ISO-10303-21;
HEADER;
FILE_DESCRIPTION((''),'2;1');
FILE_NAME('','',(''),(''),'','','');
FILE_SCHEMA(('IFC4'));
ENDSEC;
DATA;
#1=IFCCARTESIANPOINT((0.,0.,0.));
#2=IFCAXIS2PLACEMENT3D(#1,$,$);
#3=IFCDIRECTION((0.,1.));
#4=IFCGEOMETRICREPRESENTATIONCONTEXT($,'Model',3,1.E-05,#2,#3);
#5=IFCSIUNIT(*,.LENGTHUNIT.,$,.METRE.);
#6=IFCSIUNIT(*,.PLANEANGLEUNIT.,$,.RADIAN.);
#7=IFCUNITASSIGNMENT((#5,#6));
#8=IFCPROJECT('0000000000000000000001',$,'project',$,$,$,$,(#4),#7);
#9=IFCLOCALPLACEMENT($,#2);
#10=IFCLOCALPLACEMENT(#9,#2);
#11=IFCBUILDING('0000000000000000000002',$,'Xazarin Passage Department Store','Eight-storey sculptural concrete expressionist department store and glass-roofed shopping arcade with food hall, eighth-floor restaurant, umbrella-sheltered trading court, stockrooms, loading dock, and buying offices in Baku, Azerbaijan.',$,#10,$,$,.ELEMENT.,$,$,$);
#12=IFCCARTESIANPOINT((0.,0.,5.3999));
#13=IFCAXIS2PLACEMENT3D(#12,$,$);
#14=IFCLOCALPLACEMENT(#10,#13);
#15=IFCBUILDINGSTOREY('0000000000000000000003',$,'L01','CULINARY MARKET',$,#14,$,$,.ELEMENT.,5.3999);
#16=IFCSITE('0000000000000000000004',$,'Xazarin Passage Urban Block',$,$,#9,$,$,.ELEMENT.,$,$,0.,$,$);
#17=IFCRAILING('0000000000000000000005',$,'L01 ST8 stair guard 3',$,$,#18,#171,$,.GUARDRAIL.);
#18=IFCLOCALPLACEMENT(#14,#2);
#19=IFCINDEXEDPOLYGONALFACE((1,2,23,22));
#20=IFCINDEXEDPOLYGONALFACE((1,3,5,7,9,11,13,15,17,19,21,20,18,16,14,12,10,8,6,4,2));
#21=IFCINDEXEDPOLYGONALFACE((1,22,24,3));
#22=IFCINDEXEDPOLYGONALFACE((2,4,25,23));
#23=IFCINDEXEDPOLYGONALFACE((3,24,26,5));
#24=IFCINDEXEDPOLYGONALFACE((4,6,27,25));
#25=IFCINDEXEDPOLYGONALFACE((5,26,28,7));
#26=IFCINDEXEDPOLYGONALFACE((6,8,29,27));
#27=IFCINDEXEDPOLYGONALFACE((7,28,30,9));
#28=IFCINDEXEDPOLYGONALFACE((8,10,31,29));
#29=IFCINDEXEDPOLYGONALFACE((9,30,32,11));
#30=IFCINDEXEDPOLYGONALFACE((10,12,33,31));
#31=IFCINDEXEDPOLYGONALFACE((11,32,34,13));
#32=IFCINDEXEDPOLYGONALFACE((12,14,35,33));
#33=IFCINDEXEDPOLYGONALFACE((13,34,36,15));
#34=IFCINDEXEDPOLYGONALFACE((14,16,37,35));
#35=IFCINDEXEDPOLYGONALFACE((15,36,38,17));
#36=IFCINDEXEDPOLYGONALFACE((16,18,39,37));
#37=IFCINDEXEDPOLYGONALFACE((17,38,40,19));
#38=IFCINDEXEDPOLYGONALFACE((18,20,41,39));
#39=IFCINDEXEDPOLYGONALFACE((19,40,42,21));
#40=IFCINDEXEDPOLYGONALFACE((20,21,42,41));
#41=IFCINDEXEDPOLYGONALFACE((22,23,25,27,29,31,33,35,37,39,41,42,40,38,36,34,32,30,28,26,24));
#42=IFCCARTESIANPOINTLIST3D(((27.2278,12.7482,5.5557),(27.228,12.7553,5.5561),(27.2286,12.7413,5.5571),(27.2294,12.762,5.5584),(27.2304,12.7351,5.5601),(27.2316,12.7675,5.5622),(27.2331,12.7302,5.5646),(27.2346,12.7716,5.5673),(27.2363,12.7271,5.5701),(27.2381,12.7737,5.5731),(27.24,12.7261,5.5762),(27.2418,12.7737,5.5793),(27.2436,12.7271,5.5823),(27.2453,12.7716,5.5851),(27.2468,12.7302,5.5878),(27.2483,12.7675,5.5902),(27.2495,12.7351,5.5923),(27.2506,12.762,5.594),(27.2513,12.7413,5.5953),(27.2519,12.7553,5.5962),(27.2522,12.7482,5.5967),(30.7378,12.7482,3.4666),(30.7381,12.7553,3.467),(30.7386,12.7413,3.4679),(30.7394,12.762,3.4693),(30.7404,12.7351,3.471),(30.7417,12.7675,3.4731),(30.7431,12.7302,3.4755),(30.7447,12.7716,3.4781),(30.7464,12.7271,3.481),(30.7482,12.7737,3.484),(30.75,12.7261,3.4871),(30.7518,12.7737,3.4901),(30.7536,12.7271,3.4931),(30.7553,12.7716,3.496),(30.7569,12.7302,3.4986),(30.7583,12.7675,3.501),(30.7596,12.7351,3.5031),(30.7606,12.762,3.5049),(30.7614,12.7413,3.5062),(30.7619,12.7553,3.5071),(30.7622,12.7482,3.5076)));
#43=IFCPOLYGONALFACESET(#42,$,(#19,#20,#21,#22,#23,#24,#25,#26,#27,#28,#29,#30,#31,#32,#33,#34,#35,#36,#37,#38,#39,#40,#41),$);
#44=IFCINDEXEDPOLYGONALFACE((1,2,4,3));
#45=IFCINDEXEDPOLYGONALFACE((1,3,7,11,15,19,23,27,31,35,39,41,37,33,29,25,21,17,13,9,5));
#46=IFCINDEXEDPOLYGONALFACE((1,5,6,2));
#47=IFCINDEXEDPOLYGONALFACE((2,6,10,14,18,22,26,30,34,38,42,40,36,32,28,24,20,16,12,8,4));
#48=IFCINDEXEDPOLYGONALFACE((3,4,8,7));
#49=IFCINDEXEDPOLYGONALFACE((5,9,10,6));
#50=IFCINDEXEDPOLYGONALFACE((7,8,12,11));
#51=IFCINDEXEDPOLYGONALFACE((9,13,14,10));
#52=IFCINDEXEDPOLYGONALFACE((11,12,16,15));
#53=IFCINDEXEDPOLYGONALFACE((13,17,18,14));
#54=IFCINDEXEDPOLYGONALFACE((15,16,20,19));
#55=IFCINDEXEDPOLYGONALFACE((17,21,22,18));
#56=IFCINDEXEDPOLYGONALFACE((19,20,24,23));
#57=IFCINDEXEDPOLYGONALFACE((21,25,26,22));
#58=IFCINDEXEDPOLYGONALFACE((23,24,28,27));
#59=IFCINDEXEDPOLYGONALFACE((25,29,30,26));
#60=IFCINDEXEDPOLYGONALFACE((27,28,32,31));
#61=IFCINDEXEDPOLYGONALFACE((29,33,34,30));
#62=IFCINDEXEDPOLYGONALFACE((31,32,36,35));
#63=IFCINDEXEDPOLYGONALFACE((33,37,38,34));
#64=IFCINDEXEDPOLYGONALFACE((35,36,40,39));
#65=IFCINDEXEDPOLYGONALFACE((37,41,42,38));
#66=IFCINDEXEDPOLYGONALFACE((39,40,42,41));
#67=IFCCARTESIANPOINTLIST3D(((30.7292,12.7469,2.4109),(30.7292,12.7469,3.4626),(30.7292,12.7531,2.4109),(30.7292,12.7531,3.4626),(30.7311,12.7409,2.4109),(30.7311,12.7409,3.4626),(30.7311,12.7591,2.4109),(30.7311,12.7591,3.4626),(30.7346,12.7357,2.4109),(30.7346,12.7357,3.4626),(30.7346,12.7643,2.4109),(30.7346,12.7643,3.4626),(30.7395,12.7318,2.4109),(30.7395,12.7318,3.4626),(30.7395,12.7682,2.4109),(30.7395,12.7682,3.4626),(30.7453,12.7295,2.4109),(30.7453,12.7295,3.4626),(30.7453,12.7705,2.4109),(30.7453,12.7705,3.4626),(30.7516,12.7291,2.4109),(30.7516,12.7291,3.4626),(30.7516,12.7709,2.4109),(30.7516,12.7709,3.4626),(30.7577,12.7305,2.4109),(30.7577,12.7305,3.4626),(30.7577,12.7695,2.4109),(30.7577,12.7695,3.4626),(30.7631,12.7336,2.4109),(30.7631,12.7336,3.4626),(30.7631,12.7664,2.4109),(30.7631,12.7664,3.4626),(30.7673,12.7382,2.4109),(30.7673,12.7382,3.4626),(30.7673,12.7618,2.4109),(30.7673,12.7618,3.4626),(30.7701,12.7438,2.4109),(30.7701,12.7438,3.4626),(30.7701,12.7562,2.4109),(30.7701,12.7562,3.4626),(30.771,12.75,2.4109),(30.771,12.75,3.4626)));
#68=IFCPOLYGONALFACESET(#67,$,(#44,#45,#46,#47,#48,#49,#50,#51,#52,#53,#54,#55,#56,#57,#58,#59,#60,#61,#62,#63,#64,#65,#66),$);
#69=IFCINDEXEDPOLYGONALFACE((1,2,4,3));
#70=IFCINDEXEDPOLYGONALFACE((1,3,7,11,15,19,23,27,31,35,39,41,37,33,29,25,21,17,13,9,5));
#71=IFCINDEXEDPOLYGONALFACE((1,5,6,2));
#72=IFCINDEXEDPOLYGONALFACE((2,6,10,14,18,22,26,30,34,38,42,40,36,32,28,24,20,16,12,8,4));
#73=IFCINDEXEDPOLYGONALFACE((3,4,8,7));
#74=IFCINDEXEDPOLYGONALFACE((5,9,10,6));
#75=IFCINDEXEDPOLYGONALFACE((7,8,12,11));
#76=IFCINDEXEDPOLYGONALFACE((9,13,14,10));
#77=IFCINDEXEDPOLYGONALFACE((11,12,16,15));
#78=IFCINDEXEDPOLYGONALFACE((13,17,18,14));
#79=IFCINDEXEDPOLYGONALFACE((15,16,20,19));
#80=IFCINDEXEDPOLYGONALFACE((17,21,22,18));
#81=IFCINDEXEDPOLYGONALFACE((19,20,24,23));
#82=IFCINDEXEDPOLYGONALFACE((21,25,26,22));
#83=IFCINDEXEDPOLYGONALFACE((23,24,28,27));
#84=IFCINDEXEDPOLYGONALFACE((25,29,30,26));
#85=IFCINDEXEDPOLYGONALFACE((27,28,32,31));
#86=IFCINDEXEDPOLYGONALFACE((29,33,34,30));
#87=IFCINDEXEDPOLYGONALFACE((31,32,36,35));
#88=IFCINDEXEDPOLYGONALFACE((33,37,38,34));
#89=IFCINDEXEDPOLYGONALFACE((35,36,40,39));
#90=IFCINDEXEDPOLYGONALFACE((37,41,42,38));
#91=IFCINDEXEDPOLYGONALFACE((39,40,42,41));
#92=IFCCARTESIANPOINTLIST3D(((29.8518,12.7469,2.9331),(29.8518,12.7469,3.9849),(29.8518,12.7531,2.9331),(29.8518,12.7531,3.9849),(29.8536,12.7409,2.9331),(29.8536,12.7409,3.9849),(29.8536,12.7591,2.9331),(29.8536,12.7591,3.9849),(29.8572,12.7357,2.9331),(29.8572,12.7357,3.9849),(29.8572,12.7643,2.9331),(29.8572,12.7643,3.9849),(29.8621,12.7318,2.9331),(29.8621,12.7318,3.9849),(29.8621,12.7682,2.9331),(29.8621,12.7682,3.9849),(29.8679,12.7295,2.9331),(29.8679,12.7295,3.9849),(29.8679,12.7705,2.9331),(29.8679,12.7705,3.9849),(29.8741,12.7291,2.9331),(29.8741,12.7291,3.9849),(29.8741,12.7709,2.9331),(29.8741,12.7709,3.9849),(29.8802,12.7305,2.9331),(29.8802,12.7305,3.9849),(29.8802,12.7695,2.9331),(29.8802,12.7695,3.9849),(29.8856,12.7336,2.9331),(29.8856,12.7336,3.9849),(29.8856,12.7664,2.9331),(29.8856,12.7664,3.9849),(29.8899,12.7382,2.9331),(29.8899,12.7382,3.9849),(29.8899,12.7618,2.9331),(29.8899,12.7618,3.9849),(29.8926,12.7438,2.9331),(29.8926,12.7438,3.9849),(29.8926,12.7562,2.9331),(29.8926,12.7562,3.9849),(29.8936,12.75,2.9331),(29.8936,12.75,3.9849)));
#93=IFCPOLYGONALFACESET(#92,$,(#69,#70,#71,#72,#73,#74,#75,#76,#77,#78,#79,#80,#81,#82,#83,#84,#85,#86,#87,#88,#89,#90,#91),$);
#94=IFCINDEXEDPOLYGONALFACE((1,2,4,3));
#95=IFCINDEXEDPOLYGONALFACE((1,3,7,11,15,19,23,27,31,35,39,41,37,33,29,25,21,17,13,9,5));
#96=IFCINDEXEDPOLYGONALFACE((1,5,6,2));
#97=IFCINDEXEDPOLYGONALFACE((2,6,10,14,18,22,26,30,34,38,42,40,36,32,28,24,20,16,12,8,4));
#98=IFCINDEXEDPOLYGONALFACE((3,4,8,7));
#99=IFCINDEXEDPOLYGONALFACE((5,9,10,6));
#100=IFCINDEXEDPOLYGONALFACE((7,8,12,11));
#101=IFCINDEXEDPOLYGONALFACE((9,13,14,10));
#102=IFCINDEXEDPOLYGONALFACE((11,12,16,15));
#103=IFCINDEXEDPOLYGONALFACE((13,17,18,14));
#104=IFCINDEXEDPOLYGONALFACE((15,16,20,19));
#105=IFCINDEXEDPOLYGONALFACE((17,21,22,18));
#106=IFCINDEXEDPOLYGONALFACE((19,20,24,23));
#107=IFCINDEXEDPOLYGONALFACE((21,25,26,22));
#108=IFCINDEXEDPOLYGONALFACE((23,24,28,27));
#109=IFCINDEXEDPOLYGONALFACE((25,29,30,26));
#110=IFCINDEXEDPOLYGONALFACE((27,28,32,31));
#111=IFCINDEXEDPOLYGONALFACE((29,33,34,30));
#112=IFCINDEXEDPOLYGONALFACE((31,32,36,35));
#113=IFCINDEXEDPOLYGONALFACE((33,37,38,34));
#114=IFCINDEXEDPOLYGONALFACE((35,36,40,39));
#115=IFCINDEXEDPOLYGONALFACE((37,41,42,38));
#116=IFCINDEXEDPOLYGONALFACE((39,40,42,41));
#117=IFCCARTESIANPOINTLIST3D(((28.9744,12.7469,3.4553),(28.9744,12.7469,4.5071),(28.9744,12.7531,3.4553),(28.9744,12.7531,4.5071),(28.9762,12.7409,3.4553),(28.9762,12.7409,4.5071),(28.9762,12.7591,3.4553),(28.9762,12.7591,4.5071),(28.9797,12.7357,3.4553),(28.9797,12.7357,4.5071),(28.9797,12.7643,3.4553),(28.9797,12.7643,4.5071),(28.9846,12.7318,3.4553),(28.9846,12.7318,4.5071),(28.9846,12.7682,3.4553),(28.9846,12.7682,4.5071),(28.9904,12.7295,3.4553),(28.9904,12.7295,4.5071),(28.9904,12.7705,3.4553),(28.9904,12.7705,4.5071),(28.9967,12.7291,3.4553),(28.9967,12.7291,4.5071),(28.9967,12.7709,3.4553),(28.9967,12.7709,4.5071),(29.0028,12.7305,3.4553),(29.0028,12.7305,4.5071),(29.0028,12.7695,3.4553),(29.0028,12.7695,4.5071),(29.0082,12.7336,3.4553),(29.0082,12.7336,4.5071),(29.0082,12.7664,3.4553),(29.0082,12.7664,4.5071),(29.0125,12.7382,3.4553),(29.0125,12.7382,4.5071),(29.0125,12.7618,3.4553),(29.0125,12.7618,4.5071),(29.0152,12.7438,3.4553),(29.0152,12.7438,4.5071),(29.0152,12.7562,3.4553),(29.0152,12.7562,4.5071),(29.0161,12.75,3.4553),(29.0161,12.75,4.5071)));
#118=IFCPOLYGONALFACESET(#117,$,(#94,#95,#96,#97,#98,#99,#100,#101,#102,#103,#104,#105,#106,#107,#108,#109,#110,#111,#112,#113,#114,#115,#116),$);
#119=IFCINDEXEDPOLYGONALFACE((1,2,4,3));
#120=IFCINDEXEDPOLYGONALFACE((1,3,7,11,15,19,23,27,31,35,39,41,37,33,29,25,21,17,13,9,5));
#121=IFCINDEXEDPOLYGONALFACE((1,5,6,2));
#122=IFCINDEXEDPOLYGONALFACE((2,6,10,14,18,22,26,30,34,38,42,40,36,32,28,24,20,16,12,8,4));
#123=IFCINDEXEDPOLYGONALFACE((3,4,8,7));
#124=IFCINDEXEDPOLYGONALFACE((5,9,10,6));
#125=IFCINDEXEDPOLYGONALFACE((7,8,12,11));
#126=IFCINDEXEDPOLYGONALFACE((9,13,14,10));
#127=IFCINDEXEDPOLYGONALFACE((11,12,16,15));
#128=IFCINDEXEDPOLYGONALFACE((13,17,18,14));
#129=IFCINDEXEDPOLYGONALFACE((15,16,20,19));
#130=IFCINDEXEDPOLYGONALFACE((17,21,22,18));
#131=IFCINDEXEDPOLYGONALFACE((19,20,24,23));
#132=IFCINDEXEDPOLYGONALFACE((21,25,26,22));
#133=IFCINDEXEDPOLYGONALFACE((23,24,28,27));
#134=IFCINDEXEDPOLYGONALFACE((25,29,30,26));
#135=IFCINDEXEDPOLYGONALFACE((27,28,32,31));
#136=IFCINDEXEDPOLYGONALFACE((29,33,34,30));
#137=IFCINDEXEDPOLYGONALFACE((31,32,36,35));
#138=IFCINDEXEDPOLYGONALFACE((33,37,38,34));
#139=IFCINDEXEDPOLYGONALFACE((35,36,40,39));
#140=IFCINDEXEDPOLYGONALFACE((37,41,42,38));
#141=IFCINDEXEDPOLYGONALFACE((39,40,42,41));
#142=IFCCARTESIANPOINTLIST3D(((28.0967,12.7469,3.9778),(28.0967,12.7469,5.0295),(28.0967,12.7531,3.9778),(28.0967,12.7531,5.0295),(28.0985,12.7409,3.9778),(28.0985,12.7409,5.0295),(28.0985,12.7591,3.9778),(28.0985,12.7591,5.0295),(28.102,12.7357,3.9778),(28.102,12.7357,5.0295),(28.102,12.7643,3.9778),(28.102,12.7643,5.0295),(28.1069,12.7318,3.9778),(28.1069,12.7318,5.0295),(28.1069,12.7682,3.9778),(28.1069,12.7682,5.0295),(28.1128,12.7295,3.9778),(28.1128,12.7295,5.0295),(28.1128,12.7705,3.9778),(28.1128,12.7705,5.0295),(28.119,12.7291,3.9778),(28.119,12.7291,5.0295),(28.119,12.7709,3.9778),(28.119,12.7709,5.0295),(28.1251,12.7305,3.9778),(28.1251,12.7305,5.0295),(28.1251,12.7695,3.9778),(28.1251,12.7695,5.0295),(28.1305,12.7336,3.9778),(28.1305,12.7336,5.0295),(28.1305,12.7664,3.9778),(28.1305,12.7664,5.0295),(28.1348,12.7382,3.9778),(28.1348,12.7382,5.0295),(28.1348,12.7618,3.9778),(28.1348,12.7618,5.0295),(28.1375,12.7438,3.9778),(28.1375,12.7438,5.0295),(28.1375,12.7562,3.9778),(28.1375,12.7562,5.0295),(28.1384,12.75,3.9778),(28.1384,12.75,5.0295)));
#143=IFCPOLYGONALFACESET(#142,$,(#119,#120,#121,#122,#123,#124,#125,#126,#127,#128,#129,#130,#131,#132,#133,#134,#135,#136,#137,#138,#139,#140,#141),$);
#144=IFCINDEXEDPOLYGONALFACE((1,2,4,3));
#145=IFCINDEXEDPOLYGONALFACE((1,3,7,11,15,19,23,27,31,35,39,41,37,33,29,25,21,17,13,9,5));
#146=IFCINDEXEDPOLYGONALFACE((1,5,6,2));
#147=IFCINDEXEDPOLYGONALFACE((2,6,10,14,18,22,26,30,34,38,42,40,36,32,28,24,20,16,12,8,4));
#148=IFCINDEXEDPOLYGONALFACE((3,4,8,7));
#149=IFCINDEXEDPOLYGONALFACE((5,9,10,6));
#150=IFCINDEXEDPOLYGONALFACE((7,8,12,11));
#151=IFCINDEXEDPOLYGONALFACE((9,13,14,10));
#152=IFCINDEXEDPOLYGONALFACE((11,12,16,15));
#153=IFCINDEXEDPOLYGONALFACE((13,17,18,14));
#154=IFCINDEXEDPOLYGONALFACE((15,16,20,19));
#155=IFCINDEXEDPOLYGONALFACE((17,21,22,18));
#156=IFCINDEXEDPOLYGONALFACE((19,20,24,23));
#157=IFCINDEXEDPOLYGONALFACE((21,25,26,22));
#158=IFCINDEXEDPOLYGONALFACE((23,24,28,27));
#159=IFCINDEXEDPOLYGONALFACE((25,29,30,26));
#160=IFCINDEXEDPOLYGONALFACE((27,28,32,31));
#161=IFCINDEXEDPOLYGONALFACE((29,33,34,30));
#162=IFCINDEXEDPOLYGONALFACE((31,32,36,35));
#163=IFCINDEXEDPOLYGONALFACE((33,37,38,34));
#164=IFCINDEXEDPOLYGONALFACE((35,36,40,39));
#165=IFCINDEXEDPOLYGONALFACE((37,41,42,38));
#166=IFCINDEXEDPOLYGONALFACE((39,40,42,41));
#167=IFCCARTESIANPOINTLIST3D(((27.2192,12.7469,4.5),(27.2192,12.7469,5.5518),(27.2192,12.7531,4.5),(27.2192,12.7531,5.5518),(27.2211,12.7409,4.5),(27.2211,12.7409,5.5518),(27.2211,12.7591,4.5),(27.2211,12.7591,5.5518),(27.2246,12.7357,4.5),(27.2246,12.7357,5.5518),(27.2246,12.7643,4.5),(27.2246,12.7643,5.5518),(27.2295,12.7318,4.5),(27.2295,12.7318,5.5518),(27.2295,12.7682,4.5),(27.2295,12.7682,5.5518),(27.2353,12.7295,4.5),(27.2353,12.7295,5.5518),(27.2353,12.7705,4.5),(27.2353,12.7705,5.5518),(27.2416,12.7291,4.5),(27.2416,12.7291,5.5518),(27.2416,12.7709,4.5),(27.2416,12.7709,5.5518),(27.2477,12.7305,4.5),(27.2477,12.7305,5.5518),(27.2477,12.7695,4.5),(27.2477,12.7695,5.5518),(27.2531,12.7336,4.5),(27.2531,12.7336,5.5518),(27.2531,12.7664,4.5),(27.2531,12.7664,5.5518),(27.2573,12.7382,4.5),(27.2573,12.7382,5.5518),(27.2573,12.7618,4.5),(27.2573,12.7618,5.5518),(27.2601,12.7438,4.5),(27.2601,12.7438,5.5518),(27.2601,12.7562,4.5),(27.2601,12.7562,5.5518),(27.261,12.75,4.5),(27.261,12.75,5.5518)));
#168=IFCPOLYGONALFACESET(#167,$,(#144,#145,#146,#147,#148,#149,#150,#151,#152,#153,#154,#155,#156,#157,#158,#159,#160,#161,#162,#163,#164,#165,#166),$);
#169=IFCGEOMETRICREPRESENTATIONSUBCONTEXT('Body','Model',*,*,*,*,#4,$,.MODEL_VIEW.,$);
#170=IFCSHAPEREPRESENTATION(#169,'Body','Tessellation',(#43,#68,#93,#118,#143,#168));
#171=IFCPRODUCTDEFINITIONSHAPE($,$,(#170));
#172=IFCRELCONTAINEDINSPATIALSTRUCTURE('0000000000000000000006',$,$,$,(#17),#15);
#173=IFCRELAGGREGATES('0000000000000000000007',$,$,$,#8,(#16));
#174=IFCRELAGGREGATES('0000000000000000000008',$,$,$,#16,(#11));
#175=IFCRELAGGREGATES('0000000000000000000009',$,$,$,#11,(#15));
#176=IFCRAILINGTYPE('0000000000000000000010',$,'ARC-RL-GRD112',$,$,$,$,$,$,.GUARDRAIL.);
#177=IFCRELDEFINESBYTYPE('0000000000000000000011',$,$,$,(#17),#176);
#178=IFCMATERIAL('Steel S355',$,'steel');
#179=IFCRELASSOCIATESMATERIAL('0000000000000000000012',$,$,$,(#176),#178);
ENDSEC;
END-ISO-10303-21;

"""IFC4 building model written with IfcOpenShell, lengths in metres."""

from ifc_helpers import new_model, si_unit, direction, frame, origin, origin_2d, place, context, subcontext, project, spatial, circle, extrude, material, type_object, element, save


model = new_model("IFC4")

# Units and contexts
model_context = context("Model", 3, precision=1e-05, world=origin(), true_north=direction((0.0, 1.0)))
body_context = subcontext(model_context, "Body", "Model", "MODEL_VIEW")
ifc_project = project(units=[si_unit("LENGTHUNIT", "METRE"), si_unit("PLANEANGLEUNIT", "RADIAN")], contexts=[model_context])

# Site, building, storey
site_placement = place(None, origin())
site = spatial("IfcSite", under=ifc_project, at=site_placement, Name="Xazarin Passage Urban Block", CompositionType="ELEMENT", RefElevation=0.0)
building_placement = place(site_placement, origin())
building = spatial("IfcBuilding", under=site, at=building_placement, Name="Xazarin Passage Department Store", Description="Eight-storey sculptural concrete expressionist department store and glass-roofed shopping arcade with food hall, eighth-floor restaurant, umbrella-sheltered trading court, stockrooms, loading dock, and buying offices in Baku, Azerbaijan.", CompositionType="ELEMENT")
storey_placement = place(building_placement, frame((0.0, 0.0, 5.3999)))
storey = spatial("IfcBuildingStorey", under=building, at=storey_placement, Name="L01", Description="CULINARY MARKET", CompositionType="ELEMENT", Elevation=5.3999)

# Shared definitions
ifc_material_1 = material(Name="Steel S355", Category="steel")

# Railing
railing_type_1 = type_object("IfcRailingType", Name="ARC-RL-GRD112", PredefinedType="GUARDRAIL", material=ifc_material_1)
railing_1_placement = place(storey_placement, frame((30.75, 12.75, 2.4109)))
element("IfcRailing", 1, at=railing_1_placement, inside=storey, type_object=railing_type_1, Name="L01 ST8 stair guard 3", PredefinedType="GUARDRAIL", context=body_context, shape_type="SweptSolid", body=[
    extrude(circle(Radius=0.0239, at=origin_2d()), frame((0.0, 0.0, 1.0762), z_axis=(-0.859312, 0.0, 0.511451), x_axis=(0.0, -1.0, 0.0)), (0.0, 0.0, 1.0), 4.0847),
    extrude(circle(Radius=0.021, at=origin_2d()), origin(), (0.0, 0.0, 1.0), 1.0518),
    extrude(circle(Radius=0.021, at=origin_2d()), frame((-0.8774, 0.0, 0.5222)), (0.0, 0.0, 1.0), 1.0518),
    extrude(circle(Radius=0.021, at=origin_2d()), frame((-1.7549, 0.0, 1.0444)), (0.0, 0.0, 1.0), 1.0518),
    extrude(circle(Radius=0.021, at=origin_2d()), frame((-2.6326, 0.0, 1.5669)), (0.0, 0.0, 1.0), 1.0518),
    extrude(circle(Radius=0.021, at=origin_2d()), frame((-3.51, 0.0, 2.0891)), (0.0, 0.0, 1.0), 1.0518),
])

save(model, "model.ifc")
